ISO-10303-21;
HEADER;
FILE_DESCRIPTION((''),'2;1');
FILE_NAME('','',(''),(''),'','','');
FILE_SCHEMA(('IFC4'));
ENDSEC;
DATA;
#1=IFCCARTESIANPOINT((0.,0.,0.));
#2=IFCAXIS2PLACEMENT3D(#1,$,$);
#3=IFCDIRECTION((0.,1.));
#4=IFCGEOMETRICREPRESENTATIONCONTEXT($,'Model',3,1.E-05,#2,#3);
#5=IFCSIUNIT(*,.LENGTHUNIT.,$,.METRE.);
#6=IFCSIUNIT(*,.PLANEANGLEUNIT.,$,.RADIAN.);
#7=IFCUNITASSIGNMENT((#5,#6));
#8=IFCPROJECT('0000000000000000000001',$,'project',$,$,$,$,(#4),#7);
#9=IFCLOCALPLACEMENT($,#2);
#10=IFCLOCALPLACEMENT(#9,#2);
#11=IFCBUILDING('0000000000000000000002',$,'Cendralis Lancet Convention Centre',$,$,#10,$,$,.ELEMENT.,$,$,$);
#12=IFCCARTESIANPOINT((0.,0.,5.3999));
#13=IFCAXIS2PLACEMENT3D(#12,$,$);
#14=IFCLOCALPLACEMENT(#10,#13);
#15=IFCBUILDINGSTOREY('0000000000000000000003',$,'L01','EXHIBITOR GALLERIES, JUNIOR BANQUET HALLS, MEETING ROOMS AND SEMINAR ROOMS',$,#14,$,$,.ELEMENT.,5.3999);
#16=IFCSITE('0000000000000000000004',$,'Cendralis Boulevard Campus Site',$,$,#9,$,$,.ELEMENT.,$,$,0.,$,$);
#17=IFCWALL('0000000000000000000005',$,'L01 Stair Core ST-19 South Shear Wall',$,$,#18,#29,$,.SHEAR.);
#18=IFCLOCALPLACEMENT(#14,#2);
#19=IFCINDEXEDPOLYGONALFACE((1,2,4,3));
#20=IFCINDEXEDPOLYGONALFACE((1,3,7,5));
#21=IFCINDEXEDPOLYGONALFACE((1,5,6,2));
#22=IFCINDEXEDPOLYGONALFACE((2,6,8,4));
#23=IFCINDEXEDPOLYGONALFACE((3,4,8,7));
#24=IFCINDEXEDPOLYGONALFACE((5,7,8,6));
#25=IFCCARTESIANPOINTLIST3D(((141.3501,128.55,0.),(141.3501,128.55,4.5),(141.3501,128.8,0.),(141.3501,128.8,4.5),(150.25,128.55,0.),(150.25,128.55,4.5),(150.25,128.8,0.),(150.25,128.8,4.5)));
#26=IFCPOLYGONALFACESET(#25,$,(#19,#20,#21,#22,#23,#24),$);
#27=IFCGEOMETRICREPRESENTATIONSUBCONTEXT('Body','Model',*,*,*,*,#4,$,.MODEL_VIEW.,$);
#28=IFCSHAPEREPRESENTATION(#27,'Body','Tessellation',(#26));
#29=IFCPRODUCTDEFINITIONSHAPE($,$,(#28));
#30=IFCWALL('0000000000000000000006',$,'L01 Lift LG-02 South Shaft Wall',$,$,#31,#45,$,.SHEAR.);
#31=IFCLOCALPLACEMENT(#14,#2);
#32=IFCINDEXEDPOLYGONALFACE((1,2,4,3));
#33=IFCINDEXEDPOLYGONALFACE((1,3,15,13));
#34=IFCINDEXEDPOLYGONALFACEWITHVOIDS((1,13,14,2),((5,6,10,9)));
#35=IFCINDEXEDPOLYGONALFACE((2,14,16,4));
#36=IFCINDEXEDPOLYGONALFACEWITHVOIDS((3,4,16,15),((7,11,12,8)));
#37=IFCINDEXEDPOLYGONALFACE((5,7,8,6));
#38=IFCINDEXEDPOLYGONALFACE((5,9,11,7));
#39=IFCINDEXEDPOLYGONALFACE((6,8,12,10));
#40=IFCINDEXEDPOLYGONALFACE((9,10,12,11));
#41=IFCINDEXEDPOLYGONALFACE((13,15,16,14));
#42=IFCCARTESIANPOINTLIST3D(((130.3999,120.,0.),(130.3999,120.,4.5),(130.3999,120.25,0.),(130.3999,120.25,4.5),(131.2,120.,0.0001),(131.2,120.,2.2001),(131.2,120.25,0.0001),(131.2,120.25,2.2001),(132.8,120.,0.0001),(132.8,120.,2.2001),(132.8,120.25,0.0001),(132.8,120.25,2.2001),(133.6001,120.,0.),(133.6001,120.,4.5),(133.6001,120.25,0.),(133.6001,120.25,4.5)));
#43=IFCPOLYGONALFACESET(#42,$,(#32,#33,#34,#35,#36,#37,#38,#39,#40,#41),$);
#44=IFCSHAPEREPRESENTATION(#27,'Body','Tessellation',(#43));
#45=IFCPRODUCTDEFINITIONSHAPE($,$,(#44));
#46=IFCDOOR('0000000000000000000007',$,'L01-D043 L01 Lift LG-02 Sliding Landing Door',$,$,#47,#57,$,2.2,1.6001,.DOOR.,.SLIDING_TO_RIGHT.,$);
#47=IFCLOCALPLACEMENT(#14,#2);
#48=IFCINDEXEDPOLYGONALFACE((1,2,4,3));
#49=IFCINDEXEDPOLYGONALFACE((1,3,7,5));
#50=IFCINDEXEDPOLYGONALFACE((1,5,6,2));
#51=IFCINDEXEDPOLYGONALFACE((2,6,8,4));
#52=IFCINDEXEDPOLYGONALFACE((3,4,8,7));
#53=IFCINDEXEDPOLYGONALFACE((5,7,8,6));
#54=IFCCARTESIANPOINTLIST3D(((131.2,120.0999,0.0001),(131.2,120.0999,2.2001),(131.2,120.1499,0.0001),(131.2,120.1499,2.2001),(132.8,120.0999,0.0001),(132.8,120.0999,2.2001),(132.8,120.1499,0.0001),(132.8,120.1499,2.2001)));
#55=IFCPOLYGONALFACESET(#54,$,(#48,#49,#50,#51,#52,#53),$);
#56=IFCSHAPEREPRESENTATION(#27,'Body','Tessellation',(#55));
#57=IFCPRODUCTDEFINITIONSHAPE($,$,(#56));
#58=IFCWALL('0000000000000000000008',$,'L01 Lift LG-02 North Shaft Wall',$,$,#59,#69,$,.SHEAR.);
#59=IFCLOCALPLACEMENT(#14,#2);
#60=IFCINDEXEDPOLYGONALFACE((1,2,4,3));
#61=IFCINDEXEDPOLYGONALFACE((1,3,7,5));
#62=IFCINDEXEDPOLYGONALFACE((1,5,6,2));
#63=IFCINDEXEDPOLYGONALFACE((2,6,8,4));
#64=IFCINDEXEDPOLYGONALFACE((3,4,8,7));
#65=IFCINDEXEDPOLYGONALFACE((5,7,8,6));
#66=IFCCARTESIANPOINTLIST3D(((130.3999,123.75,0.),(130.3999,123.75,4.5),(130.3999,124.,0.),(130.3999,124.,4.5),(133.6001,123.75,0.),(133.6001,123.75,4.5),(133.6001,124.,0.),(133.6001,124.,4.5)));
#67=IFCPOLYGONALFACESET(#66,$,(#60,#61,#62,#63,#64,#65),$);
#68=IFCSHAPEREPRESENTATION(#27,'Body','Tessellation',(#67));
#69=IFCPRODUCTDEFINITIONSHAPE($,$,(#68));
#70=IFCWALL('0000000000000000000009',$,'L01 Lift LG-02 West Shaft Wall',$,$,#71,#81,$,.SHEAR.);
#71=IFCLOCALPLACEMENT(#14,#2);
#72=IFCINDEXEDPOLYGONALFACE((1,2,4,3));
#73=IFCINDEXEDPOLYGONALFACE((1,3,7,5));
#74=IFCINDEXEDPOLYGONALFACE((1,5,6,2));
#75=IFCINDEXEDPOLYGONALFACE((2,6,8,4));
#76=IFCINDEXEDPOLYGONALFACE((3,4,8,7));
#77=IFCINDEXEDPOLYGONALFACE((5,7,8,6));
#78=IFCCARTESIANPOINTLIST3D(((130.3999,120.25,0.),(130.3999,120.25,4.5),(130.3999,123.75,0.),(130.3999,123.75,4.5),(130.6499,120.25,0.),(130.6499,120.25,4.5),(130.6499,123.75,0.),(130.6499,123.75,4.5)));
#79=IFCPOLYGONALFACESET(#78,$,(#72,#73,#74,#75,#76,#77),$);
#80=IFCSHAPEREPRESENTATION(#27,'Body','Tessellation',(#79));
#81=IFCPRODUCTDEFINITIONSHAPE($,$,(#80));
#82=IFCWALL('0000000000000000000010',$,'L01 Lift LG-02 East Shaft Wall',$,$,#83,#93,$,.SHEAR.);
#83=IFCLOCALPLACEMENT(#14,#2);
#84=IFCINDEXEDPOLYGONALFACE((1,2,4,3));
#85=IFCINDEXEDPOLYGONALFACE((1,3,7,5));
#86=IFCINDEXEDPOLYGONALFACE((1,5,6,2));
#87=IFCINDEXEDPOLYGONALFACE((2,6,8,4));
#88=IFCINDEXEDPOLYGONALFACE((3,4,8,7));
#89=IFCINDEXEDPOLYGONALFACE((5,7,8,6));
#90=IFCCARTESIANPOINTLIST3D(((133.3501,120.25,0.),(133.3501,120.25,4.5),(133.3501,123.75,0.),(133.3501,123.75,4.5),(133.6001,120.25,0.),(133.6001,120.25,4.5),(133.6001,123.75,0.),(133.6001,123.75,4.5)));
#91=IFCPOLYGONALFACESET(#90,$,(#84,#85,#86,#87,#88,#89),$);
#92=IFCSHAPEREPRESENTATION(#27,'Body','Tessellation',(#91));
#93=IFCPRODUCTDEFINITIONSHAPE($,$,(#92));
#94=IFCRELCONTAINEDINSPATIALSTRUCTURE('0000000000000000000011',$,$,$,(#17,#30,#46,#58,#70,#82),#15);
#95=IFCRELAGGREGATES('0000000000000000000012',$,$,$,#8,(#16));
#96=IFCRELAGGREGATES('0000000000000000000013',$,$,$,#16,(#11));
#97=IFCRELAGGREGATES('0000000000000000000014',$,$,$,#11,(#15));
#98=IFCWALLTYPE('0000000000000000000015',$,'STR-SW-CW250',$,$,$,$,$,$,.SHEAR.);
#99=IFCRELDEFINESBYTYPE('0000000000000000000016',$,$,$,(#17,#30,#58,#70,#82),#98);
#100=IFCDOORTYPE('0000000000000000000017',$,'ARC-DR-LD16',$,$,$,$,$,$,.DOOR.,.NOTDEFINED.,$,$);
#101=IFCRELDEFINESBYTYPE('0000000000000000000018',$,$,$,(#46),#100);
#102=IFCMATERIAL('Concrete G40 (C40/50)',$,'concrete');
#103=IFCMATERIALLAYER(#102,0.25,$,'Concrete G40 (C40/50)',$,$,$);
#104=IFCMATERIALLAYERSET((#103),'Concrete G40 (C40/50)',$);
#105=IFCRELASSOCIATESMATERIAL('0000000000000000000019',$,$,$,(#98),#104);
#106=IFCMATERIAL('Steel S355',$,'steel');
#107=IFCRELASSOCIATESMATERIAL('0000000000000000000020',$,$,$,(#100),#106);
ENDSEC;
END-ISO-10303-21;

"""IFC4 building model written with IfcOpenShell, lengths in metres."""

from ifc_helpers import new_model, si_unit, direction, frame, frame_2d, origin, place, context, subcontext, project, spatial, rectangle, extrude, material, layer, layer_set, type_object, element, fill, save


model = new_model("IFC4")

# Units and contexts
model_context = context("Model", 3, precision=1e-05, world=origin(), true_north=direction((0.0, 1.0)))
body_context = subcontext(model_context, "Body", "Model", "MODEL_VIEW")
ifc_project = project(units=[si_unit("LENGTHUNIT", "METRE"), si_unit("PLANEANGLEUNIT", "RADIAN")], contexts=[model_context])

# Site, building, storey
site_placement = place(None, origin())
site = spatial("IfcSite", under=ifc_project, at=site_placement, Name="Cendralis Boulevard Campus Site", CompositionType="ELEMENT", RefElevation=0.0)
building_placement = place(site_placement, origin())
building = spatial("IfcBuilding", under=site, at=building_placement, Name="Cendralis Lancet Convention Centre", CompositionType="ELEMENT")
storey_placement = place(building_placement, frame((0.0, 0.0, 5.3999)))
storey = spatial("IfcBuildingStorey", under=building, at=storey_placement, Name="L01", Description="EXHIBITOR GALLERIES, JUNIOR BANQUET HALLS, MEETING ROOMS AND SEMINAR ROOMS", CompositionType="ELEMENT", Elevation=5.3999)

# Shared definitions
ifc_material_1 = material(Name="Steel S355", Category="steel")

# Shared definitions
ifc_material_2 = material(Name="Concrete G40 (C40/50)", Category="concrete")

# Shared definitions
ifc_layer_1 = layer(ifc_material_2, 0.25, Name="Concrete G40 (C40/50)")
ifc_layer_set_1 = layer_set([ifc_layer_1], Name="Concrete G40 (C40/50)")
wall_type_1 = type_object("IfcWallType", Name="STR-SW-CW250", PredefinedType="SHEAR", material=ifc_layer_set_1)

# Wall
wall_1_placement = place(storey_placement, frame((141.3501, 128.675, 0.0), z_axis=(0.0, 0.0, 1.0), x_axis=(1.0, 0.0, 0.0)))
element("IfcWall", 1, at=wall_1_placement, inside=storey, type_object=wall_type_1, Name="L01 Stair Core ST-19 South Shear Wall", PredefinedType="SHEAR", context=body_context, shape_type="SweptSolid", body=[
    extrude(rectangle(XDim=8.8999, YDim=0.25, at=frame_2d((4.45, 0.0))), origin(), (0.0, 0.0, 1.0), 4.5),
])

# Wall, opening, door
wall_2_placement = place(storey_placement, frame((130.3999, 120.125, 0.0), z_axis=(0.0, 0.0, 1.0), x_axis=(1.0, 0.0, 0.0)))
wall_2 = element("IfcWall", 2, at=wall_2_placement, inside=storey, type_object=wall_type_1, Name="L01 Lift LG-02 South Shaft Wall", PredefinedType="SHEAR", context=body_context, shape_type="SweptSolid", body=[
    extrude(rectangle(XDim=3.2002, YDim=0.25, at=frame_2d((1.6001, 0.0))), origin(), (0.0, 0.0, 1.0), 4.5),
])
opening_1_placement = place(wall_2_placement, frame((0.8, 0.0, 0.0)))
opening_1 = element("IfcOpeningElement", 3, at=opening_1_placement, cuts=wall_2, PredefinedType="OPENING", context=body_context, shape_type="SweptSolid", body=[
    extrude(rectangle(XDim=1.6001, YDim=2.2, at=frame_2d((0.8, 1.1001))), frame((0.0, 0.135, 0.0), z_axis=(0.0, -1.0, 0.0), x_axis=(1.0, 0.0, 0.0)), (0.0, 0.0, 1.0), 0.27),
])
door_type_1 = type_object("IfcDoorType", Name="ARC-DR-LD16", OperationType="NOTDEFINED", PredefinedType="DOOR", material=ifc_material_1)
door_1_placement = place(opening_1_placement, origin())
door_1 = element("IfcDoor", 4, at=door_1_placement, inside=storey, type_object=door_type_1, Name="L01-D043 L01 Lift LG-02 Sliding Landing Door", OperationType="SLIDING_TO_RIGHT", OverallHeight=2.2, OverallWidth=1.6001, PredefinedType="DOOR", context=body_context, shape_type="SweptSolid", body=[
    extrude(rectangle(XDim=1.6001, YDim=2.2, at=frame_2d((0.8, 1.1001))), frame((0.0, 0.0249, 0.0), z_axis=(0.0, -1.0, 0.0), x_axis=(1.0, 0.0, 0.0)), (0.0, 0.0, 1.0), 0.05),
])
fill(opening_1, door_1)

# Walls
wall_3_placement = place(storey_placement, frame((130.3999, 123.875, 0.0), z_axis=(0.0, 0.0, 1.0), x_axis=(1.0, 0.0, 0.0)))
element("IfcWall", 5, at=wall_3_placement, inside=storey, type_object=wall_type_1, Name="L01 Lift LG-02 North Shaft Wall", PredefinedType="SHEAR", context=body_context, shape_type="SweptSolid", body=[
    extrude(rectangle(XDim=3.2002, YDim=0.25, at=frame_2d((1.6001, 0.0))), origin(), (0.0, 0.0, 1.0), 4.5),
])
for number, where, z_axis, x_axis, name in (
    (6, (130.5249, 120.25, 0.0), (0.0, 0.0, 1.0), (0.0, 1.0, 0.0), "L01 Lift LG-02 West Shaft Wall"),
    (7, (133.4751, 120.25, 0.0), (0.0, 0.0, 1.0), (0.0, 1.0, 0.0), "L01 Lift LG-02 East Shaft Wall"),
):
    element("IfcWall", number, at=place(storey_placement, frame(where, z_axis=z_axis, x_axis=x_axis)), inside=storey, type_object=wall_type_1, Name=name, PredefinedType="SHEAR", context=body_context, shape_type="SweptSolid", body=[
        extrude(rectangle(XDim=3.5, YDim=0.25, at=frame_2d((1.75, 0.0))), origin(), (0.0, 0.0, 1.0), 4.5),
    ])

save(model, "model.ifc")
